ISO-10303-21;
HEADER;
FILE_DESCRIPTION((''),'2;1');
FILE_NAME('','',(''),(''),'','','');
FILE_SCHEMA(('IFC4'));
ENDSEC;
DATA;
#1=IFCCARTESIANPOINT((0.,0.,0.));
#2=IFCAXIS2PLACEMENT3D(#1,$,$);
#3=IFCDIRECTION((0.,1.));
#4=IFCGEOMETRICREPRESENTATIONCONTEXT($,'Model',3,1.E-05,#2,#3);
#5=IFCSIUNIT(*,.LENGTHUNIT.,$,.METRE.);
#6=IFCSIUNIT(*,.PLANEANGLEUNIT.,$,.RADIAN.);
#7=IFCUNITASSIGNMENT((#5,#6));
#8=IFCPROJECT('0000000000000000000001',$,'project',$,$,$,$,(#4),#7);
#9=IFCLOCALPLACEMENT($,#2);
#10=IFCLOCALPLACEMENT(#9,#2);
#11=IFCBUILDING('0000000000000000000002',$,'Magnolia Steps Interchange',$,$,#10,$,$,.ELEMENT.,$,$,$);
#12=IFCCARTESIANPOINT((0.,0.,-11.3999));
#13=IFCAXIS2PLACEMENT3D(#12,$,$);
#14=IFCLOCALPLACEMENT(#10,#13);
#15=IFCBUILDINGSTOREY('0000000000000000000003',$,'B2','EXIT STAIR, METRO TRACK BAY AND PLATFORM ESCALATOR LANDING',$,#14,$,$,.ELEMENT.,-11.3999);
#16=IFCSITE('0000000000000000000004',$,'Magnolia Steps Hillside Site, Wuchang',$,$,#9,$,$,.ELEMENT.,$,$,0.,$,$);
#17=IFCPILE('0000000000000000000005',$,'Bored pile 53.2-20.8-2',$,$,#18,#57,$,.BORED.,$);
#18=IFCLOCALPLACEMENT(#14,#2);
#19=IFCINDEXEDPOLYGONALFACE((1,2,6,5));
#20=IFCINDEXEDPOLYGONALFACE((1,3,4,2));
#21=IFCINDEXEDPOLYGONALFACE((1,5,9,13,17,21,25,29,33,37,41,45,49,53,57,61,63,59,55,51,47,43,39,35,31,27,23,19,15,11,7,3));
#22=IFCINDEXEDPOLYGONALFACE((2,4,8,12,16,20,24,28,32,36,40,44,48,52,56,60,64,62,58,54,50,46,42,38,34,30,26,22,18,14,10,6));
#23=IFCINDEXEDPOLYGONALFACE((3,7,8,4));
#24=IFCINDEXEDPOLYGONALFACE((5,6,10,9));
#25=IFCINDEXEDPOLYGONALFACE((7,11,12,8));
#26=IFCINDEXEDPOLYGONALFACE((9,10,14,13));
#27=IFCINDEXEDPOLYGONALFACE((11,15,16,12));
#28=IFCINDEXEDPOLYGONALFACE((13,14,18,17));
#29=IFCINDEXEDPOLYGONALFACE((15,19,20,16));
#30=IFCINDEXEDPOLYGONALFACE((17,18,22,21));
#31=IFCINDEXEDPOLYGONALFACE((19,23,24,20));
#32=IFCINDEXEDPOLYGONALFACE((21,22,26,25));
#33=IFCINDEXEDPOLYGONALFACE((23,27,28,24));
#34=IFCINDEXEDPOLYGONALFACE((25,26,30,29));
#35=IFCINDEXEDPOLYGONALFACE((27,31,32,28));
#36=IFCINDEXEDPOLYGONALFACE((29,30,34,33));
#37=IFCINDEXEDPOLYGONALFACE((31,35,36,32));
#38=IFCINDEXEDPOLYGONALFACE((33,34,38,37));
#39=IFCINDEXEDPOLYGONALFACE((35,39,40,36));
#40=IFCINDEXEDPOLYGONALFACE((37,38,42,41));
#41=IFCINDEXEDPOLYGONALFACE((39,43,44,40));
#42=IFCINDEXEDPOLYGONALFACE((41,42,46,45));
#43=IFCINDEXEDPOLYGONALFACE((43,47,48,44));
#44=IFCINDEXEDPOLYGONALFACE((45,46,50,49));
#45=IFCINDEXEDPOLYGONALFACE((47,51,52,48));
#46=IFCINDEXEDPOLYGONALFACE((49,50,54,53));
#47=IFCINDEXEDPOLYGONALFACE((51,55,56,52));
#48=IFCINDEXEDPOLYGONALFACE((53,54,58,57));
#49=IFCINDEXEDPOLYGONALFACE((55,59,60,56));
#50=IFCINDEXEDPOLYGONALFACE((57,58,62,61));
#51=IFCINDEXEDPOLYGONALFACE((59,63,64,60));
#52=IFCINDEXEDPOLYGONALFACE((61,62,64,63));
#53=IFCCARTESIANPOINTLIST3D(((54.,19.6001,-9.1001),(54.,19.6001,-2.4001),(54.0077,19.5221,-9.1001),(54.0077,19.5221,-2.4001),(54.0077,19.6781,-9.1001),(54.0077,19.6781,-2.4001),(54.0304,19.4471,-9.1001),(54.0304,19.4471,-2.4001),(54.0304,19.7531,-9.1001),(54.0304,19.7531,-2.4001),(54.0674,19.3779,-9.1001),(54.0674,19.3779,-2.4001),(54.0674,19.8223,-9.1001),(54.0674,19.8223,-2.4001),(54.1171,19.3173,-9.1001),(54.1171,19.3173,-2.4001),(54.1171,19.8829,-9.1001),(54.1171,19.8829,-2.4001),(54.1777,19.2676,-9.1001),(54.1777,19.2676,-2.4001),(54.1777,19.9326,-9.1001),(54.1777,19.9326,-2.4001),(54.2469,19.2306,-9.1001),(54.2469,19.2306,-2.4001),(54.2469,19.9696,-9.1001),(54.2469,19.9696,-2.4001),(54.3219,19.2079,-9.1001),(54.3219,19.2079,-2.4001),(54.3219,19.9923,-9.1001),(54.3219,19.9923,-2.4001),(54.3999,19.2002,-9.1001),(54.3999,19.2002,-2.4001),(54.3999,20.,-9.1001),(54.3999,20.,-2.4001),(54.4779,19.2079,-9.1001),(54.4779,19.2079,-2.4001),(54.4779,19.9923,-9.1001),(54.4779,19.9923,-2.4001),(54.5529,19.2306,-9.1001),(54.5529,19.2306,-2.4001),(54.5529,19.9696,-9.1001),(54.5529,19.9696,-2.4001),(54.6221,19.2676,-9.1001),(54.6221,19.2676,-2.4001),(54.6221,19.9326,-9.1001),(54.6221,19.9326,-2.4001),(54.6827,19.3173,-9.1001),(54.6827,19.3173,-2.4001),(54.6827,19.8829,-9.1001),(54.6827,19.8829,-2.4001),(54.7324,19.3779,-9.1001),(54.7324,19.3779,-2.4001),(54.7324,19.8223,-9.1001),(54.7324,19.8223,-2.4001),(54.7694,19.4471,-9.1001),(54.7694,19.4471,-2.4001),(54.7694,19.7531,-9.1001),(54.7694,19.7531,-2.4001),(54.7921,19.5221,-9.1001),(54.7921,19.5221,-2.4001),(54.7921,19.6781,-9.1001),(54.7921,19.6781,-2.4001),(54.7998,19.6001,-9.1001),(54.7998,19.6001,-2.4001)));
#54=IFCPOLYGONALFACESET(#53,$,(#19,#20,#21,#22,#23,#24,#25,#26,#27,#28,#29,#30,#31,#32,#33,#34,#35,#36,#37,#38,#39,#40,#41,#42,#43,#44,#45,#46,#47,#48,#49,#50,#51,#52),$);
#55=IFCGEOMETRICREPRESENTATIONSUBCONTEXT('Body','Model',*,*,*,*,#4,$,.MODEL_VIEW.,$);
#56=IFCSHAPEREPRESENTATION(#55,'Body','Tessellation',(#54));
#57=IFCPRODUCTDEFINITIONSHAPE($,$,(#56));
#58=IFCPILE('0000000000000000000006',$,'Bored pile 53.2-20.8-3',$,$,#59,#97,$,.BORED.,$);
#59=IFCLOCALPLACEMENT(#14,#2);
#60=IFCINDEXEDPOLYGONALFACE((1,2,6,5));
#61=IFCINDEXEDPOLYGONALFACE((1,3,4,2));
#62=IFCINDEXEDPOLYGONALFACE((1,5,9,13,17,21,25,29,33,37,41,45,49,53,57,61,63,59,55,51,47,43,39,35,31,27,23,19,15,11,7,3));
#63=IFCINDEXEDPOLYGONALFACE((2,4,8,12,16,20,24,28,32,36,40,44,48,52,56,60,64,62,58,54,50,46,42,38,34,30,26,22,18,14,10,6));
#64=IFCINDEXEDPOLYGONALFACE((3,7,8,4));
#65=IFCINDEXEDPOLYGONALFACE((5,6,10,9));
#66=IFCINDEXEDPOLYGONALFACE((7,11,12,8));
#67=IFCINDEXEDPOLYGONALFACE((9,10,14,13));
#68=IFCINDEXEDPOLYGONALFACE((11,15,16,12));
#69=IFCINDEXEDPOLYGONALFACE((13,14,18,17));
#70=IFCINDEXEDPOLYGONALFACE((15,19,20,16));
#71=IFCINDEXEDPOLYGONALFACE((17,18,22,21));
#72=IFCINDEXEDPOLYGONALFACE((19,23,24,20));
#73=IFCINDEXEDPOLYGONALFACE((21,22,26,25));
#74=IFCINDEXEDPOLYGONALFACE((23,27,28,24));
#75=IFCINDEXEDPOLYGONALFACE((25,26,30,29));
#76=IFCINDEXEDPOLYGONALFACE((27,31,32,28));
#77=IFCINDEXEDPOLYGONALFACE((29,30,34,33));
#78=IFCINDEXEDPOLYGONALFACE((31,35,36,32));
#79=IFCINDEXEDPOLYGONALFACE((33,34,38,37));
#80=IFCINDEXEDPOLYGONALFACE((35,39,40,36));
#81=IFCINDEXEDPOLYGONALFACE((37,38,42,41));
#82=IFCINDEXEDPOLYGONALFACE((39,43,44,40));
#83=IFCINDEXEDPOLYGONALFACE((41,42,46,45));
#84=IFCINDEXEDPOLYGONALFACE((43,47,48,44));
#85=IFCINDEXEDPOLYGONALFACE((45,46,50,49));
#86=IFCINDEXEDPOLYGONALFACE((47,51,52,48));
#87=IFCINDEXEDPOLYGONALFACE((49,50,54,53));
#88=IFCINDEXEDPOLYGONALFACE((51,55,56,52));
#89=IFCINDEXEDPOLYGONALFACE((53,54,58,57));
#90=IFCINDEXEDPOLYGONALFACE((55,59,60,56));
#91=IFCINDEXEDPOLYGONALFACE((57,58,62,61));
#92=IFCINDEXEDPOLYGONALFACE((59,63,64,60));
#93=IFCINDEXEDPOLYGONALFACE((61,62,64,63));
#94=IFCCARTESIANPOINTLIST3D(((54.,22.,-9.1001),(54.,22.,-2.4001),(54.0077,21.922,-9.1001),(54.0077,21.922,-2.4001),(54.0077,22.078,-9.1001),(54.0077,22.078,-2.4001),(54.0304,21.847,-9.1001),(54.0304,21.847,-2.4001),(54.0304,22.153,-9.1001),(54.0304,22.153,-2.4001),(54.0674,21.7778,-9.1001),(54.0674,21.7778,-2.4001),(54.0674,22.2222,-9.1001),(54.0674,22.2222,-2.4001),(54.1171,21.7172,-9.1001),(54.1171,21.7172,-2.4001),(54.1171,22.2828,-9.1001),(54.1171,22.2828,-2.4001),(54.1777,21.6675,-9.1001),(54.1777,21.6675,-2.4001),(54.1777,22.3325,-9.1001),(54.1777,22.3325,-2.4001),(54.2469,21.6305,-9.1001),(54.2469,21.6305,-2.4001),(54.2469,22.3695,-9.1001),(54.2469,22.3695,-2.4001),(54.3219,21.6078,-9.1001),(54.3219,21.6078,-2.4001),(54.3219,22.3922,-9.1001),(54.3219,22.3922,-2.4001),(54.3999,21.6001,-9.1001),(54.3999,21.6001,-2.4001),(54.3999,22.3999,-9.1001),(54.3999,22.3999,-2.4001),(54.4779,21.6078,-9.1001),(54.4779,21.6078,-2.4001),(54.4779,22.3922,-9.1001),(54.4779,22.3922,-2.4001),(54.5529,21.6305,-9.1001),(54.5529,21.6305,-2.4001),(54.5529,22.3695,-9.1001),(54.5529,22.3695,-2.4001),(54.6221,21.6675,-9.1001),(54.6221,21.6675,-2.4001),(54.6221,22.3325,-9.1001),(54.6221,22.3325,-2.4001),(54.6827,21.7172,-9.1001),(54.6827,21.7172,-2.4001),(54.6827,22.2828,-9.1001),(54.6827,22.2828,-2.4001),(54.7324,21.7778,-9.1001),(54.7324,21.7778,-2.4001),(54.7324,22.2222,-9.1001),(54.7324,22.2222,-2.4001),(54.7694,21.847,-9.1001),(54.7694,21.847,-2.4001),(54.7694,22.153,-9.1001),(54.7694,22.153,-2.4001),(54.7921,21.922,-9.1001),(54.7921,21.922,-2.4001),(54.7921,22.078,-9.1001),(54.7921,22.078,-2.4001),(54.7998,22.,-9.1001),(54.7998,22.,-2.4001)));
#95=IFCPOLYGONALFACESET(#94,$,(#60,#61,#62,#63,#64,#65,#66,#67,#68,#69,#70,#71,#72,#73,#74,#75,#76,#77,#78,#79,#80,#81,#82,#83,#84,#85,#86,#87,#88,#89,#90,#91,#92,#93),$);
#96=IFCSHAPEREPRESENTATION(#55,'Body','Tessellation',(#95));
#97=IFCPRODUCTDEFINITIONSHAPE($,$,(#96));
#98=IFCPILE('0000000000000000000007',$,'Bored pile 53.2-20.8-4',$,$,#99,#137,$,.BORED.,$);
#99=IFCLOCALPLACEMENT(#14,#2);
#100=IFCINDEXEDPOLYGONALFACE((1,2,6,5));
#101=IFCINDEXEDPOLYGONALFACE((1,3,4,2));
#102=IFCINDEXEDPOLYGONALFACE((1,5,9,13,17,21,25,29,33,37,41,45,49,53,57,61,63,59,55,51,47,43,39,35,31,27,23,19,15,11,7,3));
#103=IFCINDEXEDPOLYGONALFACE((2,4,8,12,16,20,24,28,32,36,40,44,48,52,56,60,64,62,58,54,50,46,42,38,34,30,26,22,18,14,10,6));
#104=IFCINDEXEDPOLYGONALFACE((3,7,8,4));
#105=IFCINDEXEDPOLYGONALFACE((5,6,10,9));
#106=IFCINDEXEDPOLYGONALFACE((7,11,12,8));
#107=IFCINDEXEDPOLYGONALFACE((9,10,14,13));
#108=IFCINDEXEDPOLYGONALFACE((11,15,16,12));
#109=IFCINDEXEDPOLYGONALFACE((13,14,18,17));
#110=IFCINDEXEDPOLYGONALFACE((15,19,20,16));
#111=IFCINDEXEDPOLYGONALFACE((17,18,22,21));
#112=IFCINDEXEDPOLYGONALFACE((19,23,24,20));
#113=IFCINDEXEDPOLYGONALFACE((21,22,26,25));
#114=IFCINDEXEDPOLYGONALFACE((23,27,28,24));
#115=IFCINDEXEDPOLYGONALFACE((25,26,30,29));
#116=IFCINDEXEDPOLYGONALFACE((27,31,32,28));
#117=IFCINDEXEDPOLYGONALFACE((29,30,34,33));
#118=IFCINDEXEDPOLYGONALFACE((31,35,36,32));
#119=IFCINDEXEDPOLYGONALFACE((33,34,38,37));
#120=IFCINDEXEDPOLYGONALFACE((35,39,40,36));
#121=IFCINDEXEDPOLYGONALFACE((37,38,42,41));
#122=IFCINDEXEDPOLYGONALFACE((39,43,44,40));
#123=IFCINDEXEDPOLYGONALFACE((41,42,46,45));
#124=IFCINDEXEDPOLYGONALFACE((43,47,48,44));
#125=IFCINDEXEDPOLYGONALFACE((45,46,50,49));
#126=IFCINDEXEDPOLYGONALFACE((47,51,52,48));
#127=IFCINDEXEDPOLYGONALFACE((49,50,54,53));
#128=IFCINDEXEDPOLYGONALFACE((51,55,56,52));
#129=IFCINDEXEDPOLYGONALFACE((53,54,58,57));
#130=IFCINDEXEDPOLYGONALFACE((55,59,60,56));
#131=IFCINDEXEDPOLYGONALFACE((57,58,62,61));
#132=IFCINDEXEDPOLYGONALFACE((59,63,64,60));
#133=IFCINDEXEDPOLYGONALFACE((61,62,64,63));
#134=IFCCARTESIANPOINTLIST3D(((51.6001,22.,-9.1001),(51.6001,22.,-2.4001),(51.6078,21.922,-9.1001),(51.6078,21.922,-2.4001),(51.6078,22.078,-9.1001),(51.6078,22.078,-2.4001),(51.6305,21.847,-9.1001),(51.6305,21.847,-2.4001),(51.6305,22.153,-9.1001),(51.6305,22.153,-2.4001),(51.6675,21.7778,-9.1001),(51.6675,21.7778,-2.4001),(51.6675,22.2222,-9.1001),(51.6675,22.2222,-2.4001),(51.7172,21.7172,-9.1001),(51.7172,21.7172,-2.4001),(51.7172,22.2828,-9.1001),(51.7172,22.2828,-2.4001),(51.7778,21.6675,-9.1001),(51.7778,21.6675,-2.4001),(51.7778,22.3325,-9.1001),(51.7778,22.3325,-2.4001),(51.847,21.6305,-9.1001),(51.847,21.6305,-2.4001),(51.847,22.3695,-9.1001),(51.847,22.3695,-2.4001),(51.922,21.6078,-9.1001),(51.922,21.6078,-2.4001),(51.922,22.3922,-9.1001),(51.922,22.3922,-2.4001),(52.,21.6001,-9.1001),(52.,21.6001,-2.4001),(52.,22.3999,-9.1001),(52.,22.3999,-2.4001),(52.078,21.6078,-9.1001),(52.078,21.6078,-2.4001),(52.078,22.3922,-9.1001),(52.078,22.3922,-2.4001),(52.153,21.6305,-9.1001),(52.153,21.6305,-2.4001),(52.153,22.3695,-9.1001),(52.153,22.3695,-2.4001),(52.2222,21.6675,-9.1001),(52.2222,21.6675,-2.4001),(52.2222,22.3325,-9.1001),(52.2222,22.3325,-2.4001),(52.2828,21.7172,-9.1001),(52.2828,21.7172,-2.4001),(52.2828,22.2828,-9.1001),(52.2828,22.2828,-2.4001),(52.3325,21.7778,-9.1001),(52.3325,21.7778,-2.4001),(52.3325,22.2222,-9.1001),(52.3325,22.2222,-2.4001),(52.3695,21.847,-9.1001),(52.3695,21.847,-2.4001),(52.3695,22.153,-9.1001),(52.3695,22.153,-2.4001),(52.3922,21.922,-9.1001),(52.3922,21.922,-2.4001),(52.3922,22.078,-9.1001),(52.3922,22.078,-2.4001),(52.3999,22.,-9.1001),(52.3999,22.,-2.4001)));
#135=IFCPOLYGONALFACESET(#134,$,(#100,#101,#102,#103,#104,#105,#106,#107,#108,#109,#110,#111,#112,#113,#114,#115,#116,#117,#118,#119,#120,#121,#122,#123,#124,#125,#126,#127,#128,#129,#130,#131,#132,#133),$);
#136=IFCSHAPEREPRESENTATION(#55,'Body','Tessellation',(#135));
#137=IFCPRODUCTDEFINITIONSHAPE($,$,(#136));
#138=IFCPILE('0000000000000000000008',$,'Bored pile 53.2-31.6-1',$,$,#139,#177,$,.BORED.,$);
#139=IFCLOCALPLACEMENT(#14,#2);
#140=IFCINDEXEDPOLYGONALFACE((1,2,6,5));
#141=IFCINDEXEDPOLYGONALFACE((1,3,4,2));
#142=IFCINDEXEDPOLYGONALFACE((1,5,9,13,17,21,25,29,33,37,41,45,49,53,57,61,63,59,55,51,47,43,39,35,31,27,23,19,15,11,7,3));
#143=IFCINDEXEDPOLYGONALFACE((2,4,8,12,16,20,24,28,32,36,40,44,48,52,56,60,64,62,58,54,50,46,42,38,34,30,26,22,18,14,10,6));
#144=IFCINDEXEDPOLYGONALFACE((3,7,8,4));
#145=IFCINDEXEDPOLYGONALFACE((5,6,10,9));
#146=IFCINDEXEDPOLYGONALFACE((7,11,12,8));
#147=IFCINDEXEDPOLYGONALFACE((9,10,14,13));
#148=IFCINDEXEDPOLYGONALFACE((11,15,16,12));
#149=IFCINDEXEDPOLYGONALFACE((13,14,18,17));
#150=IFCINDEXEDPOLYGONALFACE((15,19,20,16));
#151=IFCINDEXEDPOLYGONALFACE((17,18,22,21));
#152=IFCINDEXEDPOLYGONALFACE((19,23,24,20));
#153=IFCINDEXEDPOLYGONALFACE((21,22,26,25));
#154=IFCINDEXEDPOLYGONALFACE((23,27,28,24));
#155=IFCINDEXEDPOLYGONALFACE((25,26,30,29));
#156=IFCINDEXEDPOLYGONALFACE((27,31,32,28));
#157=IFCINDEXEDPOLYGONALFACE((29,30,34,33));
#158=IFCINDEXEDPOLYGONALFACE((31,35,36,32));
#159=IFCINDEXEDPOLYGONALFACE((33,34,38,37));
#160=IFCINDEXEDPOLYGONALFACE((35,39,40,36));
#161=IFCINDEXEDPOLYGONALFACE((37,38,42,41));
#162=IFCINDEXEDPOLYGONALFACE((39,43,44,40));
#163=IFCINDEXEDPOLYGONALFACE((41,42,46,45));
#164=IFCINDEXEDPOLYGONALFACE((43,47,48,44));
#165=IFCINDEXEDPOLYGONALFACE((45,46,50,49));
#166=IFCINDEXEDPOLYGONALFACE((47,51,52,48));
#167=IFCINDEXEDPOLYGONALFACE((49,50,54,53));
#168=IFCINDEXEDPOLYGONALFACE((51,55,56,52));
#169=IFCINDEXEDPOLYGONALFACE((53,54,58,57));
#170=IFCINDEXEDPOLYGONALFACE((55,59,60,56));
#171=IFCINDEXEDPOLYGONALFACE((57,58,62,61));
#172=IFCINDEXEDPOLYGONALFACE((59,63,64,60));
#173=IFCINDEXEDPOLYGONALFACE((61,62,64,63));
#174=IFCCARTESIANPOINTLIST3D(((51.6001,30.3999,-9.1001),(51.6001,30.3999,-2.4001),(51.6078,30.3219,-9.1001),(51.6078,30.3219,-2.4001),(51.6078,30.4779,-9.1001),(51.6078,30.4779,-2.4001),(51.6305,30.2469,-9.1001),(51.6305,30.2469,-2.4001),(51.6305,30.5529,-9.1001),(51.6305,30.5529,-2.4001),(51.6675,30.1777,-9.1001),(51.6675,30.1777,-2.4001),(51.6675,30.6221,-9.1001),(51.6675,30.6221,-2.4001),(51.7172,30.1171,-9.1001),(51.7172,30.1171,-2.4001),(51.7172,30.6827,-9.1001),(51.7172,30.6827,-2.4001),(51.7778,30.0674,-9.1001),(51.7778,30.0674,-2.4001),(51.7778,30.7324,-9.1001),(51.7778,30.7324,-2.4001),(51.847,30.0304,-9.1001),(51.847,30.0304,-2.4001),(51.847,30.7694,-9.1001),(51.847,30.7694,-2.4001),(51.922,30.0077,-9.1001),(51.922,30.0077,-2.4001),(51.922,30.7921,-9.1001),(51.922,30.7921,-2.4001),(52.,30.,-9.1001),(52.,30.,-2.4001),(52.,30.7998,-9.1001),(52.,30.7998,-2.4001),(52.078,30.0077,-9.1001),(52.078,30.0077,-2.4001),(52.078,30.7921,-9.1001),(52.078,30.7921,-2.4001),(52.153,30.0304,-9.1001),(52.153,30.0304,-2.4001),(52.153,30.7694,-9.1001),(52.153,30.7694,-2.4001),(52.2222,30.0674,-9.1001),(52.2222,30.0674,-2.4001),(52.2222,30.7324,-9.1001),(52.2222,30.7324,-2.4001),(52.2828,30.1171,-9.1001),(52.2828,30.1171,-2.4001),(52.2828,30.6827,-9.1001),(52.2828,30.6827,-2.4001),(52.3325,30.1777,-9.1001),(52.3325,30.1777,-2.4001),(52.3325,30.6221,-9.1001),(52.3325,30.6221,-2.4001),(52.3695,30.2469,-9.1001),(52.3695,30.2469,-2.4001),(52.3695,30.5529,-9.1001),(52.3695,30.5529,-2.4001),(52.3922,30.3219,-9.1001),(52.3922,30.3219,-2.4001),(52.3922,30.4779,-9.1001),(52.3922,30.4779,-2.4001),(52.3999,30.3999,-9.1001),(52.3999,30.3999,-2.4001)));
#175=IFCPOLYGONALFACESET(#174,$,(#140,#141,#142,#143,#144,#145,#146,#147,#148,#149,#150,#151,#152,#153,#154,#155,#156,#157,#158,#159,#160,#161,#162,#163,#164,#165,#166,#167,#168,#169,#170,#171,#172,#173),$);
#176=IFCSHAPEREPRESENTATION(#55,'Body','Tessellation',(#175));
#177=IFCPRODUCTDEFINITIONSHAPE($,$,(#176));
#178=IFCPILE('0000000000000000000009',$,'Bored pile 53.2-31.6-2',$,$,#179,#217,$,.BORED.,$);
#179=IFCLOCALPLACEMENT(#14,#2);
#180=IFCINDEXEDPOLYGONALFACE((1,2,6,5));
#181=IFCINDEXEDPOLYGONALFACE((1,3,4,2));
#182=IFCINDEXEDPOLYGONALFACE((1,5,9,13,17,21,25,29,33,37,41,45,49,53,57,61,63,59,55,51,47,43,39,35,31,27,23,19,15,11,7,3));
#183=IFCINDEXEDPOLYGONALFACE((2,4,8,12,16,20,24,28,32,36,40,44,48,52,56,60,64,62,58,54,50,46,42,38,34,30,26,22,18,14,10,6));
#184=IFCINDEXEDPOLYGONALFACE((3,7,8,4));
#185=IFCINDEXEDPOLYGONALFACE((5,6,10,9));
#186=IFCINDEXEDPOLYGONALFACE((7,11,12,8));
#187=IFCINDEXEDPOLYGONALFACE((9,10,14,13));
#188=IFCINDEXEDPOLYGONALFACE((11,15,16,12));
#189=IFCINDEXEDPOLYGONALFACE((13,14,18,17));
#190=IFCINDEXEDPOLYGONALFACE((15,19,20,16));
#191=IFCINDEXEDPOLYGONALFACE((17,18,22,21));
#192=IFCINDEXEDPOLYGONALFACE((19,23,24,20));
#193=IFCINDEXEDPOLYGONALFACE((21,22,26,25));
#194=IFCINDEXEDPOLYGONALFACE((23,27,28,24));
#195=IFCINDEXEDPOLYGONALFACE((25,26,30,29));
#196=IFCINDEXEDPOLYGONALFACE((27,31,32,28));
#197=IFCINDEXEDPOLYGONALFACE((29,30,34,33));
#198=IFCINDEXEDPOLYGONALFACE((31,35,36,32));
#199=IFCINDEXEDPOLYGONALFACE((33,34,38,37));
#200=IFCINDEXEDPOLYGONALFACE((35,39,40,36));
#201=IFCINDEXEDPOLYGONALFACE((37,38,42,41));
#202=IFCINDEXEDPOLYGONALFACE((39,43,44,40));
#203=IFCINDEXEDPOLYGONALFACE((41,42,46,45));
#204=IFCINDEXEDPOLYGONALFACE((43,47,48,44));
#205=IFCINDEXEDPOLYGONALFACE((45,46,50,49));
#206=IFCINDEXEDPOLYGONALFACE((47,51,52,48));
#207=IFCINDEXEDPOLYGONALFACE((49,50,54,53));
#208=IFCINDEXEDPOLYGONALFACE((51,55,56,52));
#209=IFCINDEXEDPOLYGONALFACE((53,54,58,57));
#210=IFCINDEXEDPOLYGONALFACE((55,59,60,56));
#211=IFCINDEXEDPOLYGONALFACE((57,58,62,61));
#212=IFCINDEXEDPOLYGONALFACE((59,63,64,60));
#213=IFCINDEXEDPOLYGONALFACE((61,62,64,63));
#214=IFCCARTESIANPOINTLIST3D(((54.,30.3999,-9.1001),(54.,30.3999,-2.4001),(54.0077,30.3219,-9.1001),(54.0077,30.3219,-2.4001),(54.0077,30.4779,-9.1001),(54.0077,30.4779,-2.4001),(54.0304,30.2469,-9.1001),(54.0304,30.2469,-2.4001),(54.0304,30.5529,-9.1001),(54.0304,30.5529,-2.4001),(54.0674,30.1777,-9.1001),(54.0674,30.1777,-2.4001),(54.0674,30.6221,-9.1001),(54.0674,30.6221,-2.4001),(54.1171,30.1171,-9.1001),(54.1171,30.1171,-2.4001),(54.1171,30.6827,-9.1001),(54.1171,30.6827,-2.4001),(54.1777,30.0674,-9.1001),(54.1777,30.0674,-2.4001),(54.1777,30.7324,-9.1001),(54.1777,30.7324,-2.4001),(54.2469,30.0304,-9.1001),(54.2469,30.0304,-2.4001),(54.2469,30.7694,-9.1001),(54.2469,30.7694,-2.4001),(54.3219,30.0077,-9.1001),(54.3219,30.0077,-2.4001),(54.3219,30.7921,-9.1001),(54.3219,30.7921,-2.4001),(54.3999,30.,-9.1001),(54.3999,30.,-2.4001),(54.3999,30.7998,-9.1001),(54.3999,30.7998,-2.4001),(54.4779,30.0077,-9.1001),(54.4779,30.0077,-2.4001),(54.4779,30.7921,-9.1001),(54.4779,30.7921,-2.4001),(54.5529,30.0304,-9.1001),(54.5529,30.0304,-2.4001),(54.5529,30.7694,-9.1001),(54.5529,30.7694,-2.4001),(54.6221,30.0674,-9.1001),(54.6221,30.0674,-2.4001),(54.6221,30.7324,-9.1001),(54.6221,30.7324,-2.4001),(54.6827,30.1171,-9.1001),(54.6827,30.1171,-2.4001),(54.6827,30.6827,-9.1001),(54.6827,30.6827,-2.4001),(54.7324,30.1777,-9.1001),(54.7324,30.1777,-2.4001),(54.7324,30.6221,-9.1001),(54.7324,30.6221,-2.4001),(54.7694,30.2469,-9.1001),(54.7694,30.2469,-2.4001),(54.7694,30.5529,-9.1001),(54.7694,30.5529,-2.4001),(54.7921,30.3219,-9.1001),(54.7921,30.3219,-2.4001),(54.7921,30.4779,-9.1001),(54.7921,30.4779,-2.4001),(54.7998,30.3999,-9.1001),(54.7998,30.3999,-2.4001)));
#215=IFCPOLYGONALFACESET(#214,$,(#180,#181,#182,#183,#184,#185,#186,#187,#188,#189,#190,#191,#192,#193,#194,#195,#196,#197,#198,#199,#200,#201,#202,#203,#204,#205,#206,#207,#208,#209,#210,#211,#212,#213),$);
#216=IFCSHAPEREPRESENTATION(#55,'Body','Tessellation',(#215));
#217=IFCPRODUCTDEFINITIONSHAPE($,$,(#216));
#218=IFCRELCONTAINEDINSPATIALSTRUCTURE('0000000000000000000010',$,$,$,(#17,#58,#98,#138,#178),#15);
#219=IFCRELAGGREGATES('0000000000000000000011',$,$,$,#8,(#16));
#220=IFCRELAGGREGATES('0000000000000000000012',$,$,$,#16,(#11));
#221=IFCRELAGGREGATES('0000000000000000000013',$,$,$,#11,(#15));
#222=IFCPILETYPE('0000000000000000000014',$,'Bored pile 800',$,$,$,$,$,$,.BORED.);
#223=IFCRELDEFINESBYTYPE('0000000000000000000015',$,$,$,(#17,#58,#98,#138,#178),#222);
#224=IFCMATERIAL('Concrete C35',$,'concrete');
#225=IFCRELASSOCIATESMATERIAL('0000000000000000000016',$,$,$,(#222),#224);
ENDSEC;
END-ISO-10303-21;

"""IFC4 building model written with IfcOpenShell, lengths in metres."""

from ifc_helpers import new_model, si_unit, direction, frame, origin, origin_2d, place, context, subcontext, project, spatial, circle, extrude, material, material_profile, profile_set, type_object, element, save


model = new_model("IFC4")

# Units and contexts
model_context = context("Model", 3, precision=1e-05, world=origin(), true_north=direction((0.0, 1.0)))
body_context = subcontext(model_context, "Body", "Model", "MODEL_VIEW")
ifc_project = project(units=[si_unit("LENGTHUNIT", "METRE"), si_unit("PLANEANGLEUNIT", "RADIAN")], contexts=[model_context])

# Site, building, storey
site_placement = place(None, origin())
site = spatial("IfcSite", under=ifc_project, at=site_placement, Name="Magnolia Steps Hillside Site, Wuchang", CompositionType="ELEMENT", RefElevation=0.0)
building_placement = place(site_placement, origin())
building = spatial("IfcBuilding", under=site, at=building_placement, Name="Magnolia Steps Interchange", CompositionType="ELEMENT")
storey_placement = place(building_placement, frame((0.0, 0.0, -11.3999)))
storey = spatial("IfcBuildingStorey", under=building, at=storey_placement, Name="B2", Description="EXIT STAIR, METRO TRACK BAY AND PLATFORM ESCALATOR LANDING", CompositionType="ELEMENT", Elevation=-11.3999)

# Piles
ifc_material_1 = material(Name="Concrete C35", Category="concrete")
ifc_material_profile_1 = material_profile(ifc_material_1, circle(Radius=0.3999, at=origin_2d()), Name="Bored pile 800")
ifc_profile_set_1 = profile_set([ifc_material_profile_1], Name="Concrete C35")
pile_type = type_object("IfcPileType", Name="Bored pile 800", PredefinedType="BORED", material=ifc_profile_set_1)
for number, where, z_axis, x_axis, name in (
    (1, (54.3999, 19.6001, -2.4001), (0.0, 0.0, -1.0), (1.0, 0.0, 0.0), "Bored pile 53.2-20.8-2"),
    (2, (54.3999, 22.0, -2.4001), (0.0, 0.0, -1.0), (1.0, 0.0, 0.0), "Bored pile 53.2-20.8-3"),
    (3, (52.0, 22.0, -2.4001), (0.0, 0.0, -1.0), (1.0, 0.0, 0.0), "Bored pile 53.2-20.8-4"),
    (4, (52.0, 30.3999, -2.4001), (0.0, 0.0, -1.0), (1.0, 0.0, 0.0), "Bored pile 53.2-31.6-1"),
    (5, (54.3999, 30.3999, -2.4001), (0.0, 0.0, -1.0), (1.0, 0.0, 0.0), "Bored pile 53.2-31.6-2"),
):
    element("IfcPile", number, at=place(storey_placement, frame(where, z_axis=z_axis, x_axis=x_axis)), inside=storey, type_object=pile_type, Name=name, PredefinedType="BORED", context=body_context, shape_type="SweptSolid", body=[
        extrude(circle(Radius=0.3999, at=origin_2d()), origin(), (0.0, 0.0, 1.0), 6.7),
    ])

save(model, "model.ifc")
